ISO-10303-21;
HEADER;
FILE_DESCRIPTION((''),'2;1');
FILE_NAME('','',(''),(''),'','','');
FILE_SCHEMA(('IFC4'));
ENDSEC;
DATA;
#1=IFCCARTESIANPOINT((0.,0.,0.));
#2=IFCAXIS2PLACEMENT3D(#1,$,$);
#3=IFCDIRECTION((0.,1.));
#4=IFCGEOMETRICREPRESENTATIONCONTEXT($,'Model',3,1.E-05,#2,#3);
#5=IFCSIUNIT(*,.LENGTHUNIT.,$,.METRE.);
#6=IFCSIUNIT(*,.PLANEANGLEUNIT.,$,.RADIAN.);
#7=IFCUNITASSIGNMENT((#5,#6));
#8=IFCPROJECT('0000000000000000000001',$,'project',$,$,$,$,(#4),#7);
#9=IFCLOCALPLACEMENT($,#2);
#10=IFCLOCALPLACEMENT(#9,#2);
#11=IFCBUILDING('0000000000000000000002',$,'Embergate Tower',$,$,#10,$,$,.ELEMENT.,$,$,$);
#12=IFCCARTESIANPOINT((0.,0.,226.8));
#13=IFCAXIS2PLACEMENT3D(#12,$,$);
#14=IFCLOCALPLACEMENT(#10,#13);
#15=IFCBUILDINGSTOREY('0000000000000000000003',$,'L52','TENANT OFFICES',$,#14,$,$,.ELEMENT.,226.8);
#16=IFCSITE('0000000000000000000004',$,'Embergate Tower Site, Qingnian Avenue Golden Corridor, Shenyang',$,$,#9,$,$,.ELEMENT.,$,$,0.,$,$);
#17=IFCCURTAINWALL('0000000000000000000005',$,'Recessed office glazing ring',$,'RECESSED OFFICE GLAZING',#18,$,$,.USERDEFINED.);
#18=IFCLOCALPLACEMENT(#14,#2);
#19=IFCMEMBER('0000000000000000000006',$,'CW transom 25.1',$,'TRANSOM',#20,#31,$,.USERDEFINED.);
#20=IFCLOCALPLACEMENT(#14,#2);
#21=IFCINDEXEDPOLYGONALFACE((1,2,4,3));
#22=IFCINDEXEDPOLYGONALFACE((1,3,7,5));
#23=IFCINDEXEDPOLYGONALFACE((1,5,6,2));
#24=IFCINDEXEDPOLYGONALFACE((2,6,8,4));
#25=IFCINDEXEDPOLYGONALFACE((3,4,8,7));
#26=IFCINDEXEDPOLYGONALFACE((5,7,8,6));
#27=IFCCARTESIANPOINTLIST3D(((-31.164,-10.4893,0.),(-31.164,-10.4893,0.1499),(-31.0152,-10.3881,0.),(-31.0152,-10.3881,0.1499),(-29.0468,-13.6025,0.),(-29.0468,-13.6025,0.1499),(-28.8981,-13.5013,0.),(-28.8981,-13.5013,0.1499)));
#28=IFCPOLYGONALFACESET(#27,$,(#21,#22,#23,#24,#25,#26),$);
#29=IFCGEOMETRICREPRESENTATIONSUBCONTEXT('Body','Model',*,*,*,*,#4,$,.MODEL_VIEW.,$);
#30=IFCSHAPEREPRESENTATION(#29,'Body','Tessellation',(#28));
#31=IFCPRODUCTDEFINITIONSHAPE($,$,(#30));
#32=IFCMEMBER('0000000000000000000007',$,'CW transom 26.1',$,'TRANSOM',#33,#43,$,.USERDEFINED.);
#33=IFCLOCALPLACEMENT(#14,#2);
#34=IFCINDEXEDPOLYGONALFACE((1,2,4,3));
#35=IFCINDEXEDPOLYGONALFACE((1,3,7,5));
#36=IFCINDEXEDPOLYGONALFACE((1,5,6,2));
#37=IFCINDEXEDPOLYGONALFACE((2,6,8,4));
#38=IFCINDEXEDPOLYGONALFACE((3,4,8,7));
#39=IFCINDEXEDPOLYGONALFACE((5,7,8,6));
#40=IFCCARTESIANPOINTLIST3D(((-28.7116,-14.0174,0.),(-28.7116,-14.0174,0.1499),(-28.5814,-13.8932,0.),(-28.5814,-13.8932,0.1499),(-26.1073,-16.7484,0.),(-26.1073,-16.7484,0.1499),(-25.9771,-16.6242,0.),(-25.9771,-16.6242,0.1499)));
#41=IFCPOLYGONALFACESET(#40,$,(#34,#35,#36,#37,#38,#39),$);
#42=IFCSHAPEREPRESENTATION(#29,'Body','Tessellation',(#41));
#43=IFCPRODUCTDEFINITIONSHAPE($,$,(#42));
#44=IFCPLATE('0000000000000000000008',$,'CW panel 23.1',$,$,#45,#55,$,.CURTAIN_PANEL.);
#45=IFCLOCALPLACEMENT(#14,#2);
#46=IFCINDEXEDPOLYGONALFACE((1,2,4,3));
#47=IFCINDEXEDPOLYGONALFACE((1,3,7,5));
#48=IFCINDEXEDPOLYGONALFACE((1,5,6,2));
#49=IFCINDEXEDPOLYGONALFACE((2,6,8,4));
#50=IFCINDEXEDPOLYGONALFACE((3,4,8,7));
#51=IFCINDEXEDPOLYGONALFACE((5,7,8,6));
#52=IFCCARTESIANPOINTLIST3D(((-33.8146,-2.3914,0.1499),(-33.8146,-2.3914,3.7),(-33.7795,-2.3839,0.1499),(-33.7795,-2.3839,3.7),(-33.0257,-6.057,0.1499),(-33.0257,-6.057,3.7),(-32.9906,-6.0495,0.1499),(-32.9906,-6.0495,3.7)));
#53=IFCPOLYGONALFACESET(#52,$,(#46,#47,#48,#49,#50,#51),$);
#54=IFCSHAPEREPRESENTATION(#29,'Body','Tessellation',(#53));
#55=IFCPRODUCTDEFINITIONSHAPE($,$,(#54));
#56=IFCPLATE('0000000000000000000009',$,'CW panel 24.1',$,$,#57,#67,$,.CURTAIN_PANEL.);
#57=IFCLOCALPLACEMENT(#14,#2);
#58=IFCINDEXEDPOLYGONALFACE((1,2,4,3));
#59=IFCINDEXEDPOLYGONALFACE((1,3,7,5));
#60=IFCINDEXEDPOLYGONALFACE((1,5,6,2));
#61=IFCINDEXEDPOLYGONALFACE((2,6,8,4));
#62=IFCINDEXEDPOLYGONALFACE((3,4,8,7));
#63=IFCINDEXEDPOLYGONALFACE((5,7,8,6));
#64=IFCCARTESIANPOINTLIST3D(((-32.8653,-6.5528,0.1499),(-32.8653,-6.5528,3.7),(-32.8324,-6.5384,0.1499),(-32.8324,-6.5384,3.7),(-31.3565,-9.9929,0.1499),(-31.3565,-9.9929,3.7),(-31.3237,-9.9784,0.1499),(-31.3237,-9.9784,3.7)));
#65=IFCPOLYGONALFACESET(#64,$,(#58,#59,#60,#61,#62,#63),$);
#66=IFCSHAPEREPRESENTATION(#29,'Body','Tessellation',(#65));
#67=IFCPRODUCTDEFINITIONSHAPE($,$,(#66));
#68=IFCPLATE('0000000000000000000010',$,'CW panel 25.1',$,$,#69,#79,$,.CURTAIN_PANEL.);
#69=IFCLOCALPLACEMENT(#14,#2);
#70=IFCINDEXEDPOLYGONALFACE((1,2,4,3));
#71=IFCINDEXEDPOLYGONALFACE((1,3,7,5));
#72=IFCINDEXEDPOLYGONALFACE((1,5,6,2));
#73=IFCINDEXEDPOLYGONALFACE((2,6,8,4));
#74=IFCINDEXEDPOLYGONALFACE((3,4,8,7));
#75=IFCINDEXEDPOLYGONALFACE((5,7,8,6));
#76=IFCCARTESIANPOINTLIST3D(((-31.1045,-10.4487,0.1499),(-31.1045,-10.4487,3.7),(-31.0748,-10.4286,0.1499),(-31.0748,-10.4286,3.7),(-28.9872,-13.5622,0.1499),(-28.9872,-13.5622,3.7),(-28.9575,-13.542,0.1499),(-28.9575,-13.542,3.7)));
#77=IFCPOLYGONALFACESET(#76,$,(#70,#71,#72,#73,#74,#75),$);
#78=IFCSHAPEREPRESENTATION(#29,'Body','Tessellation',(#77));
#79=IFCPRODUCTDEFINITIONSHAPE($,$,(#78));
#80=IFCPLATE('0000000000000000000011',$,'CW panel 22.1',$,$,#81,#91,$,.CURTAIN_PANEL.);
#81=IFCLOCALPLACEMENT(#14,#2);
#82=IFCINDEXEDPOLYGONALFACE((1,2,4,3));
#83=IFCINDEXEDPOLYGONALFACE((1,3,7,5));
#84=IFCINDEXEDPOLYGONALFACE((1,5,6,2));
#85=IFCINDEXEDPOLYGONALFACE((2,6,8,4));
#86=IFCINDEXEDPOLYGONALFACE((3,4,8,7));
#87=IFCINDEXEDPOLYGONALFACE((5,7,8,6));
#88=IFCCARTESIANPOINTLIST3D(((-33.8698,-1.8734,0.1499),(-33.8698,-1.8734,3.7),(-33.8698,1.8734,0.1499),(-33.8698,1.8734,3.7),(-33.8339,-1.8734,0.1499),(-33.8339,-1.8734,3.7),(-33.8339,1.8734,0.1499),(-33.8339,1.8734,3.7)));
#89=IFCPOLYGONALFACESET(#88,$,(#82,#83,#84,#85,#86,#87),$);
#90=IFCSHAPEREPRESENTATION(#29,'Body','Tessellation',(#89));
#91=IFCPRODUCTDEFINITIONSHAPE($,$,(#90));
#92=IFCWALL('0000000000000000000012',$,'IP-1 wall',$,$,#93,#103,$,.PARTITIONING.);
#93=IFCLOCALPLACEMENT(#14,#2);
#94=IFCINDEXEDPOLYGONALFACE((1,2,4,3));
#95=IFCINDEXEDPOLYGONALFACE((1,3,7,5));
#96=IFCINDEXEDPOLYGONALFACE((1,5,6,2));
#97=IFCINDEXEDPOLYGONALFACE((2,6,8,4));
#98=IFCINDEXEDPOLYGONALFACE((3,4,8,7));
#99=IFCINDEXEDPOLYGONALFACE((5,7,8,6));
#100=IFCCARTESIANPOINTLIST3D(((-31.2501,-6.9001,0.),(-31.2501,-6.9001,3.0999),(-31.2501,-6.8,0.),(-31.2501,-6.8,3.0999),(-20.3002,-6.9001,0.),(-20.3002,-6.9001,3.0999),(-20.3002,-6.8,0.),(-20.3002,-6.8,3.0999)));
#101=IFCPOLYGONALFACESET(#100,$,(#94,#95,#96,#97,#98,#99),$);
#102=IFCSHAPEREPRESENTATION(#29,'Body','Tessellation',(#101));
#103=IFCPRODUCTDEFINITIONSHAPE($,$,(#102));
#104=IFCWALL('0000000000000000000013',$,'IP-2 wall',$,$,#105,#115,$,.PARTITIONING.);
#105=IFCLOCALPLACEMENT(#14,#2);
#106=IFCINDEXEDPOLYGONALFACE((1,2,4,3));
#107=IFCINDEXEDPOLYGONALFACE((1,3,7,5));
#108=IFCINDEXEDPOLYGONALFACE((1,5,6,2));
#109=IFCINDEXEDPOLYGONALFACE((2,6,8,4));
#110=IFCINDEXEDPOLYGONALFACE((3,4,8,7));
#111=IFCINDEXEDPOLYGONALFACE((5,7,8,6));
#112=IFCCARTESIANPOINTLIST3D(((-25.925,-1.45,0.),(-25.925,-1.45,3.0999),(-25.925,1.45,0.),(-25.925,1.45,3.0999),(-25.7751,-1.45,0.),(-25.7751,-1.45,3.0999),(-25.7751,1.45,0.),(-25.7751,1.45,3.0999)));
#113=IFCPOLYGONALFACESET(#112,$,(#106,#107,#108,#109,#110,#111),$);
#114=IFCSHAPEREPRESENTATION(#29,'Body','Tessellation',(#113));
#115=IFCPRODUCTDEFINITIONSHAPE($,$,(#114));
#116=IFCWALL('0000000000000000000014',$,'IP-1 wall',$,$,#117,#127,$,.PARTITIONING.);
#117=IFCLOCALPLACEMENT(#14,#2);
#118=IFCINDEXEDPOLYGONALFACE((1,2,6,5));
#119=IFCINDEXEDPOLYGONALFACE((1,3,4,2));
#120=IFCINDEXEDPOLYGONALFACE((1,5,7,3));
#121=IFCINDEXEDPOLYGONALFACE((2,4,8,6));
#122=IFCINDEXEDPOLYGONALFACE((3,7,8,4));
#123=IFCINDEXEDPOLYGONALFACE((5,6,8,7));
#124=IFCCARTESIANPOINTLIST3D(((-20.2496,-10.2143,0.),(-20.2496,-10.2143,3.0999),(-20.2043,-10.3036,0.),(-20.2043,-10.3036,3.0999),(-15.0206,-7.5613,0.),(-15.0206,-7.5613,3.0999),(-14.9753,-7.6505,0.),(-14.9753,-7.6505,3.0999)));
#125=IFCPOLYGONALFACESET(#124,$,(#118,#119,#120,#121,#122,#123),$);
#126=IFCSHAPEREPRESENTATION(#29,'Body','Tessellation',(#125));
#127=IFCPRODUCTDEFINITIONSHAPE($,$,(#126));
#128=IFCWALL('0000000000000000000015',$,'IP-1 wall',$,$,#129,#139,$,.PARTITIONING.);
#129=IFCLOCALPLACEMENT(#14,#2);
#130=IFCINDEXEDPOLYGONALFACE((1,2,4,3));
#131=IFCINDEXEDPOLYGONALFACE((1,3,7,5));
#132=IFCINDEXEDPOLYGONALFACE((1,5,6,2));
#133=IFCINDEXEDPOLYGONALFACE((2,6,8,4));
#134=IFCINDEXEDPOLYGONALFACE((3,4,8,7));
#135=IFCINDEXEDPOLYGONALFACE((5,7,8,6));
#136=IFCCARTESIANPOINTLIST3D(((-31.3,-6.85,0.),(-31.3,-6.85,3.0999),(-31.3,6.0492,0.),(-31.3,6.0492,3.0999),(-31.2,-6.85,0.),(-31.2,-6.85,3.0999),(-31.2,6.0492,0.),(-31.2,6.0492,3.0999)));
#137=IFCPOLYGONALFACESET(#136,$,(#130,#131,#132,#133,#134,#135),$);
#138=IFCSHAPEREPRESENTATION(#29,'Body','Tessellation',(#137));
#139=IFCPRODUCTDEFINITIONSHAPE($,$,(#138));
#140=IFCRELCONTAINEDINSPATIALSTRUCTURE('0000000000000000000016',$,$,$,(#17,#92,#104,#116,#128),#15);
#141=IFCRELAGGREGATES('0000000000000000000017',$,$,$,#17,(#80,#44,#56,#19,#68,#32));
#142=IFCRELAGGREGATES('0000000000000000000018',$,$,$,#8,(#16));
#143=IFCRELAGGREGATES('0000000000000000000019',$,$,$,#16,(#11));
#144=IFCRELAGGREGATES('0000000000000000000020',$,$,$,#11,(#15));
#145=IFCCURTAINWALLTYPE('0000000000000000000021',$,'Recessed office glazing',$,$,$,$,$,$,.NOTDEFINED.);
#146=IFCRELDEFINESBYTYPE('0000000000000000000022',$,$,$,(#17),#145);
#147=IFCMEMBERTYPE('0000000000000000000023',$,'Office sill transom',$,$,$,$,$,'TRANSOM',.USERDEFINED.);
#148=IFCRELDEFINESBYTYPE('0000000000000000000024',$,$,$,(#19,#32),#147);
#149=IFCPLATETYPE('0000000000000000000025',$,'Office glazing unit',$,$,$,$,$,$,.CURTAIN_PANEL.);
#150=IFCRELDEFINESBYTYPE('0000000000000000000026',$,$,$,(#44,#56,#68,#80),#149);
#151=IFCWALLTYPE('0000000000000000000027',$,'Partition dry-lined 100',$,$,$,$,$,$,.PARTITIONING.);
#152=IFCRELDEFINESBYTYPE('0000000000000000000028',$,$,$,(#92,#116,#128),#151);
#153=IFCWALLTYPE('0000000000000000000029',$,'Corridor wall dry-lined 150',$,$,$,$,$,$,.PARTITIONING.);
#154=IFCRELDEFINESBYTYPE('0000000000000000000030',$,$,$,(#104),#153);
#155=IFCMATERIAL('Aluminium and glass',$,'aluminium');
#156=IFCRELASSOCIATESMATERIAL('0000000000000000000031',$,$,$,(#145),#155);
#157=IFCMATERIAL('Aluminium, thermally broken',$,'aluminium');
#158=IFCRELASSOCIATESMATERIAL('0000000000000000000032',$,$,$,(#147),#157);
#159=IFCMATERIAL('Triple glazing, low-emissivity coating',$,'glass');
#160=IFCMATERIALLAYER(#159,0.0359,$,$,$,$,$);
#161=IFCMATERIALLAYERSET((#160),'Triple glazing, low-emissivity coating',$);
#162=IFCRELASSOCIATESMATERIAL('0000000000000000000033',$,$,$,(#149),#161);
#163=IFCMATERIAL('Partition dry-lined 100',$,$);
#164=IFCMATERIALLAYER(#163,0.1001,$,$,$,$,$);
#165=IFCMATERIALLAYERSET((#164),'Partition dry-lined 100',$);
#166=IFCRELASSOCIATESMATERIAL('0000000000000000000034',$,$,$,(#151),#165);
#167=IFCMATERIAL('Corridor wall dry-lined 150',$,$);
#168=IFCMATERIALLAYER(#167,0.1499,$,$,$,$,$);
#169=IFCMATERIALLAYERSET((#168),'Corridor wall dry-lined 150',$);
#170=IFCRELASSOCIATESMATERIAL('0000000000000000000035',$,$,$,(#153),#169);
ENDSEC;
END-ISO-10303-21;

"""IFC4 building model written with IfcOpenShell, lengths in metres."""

from ifc_helpers import new_model, si_unit, direction, frame, frame_2d, origin, origin_2d, place, context, subcontext, project, spatial, rectangle, extrude, source, transform, mapped, material, layer, layer_set, material_profile, profile_set, type_object, element, aggregate, save


model = new_model("IFC4")

# Units and contexts
model_context = context("Model", 3, precision=1e-05, world=origin(), true_north=direction((0.0, 1.0)))
body_context = subcontext(model_context, "Body", "Model", "MODEL_VIEW")
ifc_project = project(units=[si_unit("LENGTHUNIT", "METRE"), si_unit("PLANEANGLEUNIT", "RADIAN")], contexts=[model_context])

# Site, building, storey
site_placement = place(None, origin())
site = spatial("IfcSite", under=ifc_project, at=site_placement, Name="Embergate Tower Site, Qingnian Avenue Golden Corridor, Shenyang", CompositionType="ELEMENT", RefElevation=0.0)
building_placement = place(site_placement, origin())
building = spatial("IfcBuilding", under=site, at=building_placement, Name="Embergate Tower", CompositionType="ELEMENT")
storey_placement = place(building_placement, frame((0.0, 0.0, 226.8)))
storey = spatial("IfcBuildingStorey", under=building, at=storey_placement, Name="L52", Description="TENANT OFFICES", CompositionType="ELEMENT", Elevation=226.8)

# Curtain wall, members, plates
ifc_material_1 = material(Name="Aluminium and glass", Category="aluminium")
curtain_wall_type = type_object("IfcCurtainWallType", Name="Recessed office glazing", PredefinedType="NOTDEFINED", material=ifc_material_1)
curtain_wall_placement = place(storey_placement, origin())
curtain_wall = element("IfcCurtainWall", 1, at=curtain_wall_placement, inside=storey, type_object=curtain_wall_type, Name="Recessed office glazing ring", ObjectType="RECESSED OFFICE GLAZING", PredefinedType="USERDEFINED")
ifc_material_2 = material(Name="Aluminium, thermally broken", Category="aluminium")
ifc_material_profile_1 = material_profile(ifc_material_2, rectangle(XDim=0.1799, YDim=0.1499, at=origin_2d()), Name="AL 150x180")
ifc_profile_set_1 = profile_set([ifc_material_profile_1], Name="Aluminium, thermally broken")
member_type_1 = type_object("IfcMemberType", Name="Office sill transom", ElementType="TRANSOM", PredefinedType="USERDEFINED", material=ifc_profile_set_1)
shared_shape_1 = source(origin(), body_context, "Body", "SweptSolid", [
    extrude(rectangle(XDim=0.1799, YDim=0.1499, at=origin_2d()), origin(), (0.0, 0.0, 1.0), 3.7649),
])
member_1_placement = place(storey_placement, frame((-31.0896, -10.4387, 0.075), z_axis=(0.562338, -0.826907, 0.0), x_axis=(0.826907, 0.562338, 0.0)))
member_1 = element("IfcMember", 2, at=member_1_placement, type_object=member_type_1, Name="CW transom 25.1", ObjectType="TRANSOM", PredefinedType="USERDEFINED", context=body_context, shape_type="MappedRepresentation", body=[
    mapped(shared_shape_1, transform((0.0, 0.0, 0.0))),
])
shared_shape_2 = source(origin(), body_context, "Body", "SweptSolid", [
    extrude(rectangle(XDim=0.1799, YDim=0.1499, at=origin_2d()), origin(), (0.0, 0.0, 1.0), 3.7737),
])
member_2_placement = place(storey_placement, frame((-28.6465, -13.9553, 0.075), z_axis=(0.690119, -0.723696, 0.0), x_axis=(0.723696, 0.690119, 0.0)))
member_2 = element("IfcMember", 3, at=member_2_placement, type_object=member_type_1, Name="CW transom 26.1", ObjectType="TRANSOM", PredefinedType="USERDEFINED", context=body_context, shape_type="MappedRepresentation", body=[
    mapped(shared_shape_2, transform((0.0, 0.0, 0.0))),
])
ifc_material_3 = material(Name="Triple glazing, low-emissivity coating", Category="glass")
ifc_layer_1 = layer(ifc_material_3, 0.0359)
ifc_layer_set_1 = layer_set([ifc_layer_1], Name="Triple glazing, low-emissivity coating")
plate_type = type_object("IfcPlateType", Name="Office glazing unit", PredefinedType="CURTAIN_PANEL", material=ifc_layer_set_1)
shared_shape_3 = source(origin(), body_context, "Body", "SweptSolid", [
    extrude(rectangle(XDim=3.7495, YDim=0.0359, at=origin_2d()), origin(), (0.0, 0.0, 1.0), 3.55),
])
plate_1_placement = place(storey_placement, frame((-33.4026, -4.2205, 0.1499), z_axis=(0.0, 0.0, 1.0), x_axis=(0.210397, -0.977616, 0.0)))
plate_1 = element("IfcPlate", 4, at=plate_1_placement, type_object=plate_type, Name="CW panel 23.1", PredefinedType="CURTAIN_PANEL", context=body_context, shape_type="MappedRepresentation", body=[
    mapped(shared_shape_3, transform((0.0, 0.0, 0.0))),
])
shared_shape_4 = source(origin(), body_context, "Body", "SweptSolid", [
    extrude(rectangle(XDim=3.7563, YDim=0.0359, at=origin_2d()), origin(), (0.0, 0.0, 1.0), 3.55),
])
plate_2_placement = place(storey_placement, frame((-32.0945, -8.2656, 0.1499), z_axis=(0.0, 0.0, 1.0), x_axis=(0.401649, -0.915794, 0.0)))
plate_2 = element("IfcPlate", 5, at=plate_2_placement, type_object=plate_type, Name="CW panel 24.1", PredefinedType="CURTAIN_PANEL", context=body_context, shape_type="MappedRepresentation", body=[
    mapped(shared_shape_4, transform((0.0, 0.0, 0.0))),
])
shared_shape_5 = source(origin(), body_context, "Body", "SweptSolid", [
    extrude(rectangle(XDim=3.7651, YDim=0.0359, at=origin_2d()), origin(), (0.0, 0.0, 1.0), 3.55),
])
plate_3_placement = place(storey_placement, frame((-30.031, -11.9954, 0.1499), z_axis=(0.0, 0.0, 1.0), x_axis=(0.562339, -0.826907, 0.0)))
plate_3 = element("IfcPlate", 6, at=plate_3_placement, type_object=plate_type, Name="CW panel 25.1", PredefinedType="CURTAIN_PANEL", context=body_context, shape_type="MappedRepresentation", body=[
    mapped(shared_shape_5, transform((0.0, 0.0, 0.0))),
])
shared_shape_6 = source(origin(), body_context, "Body", "SweptSolid", [
    extrude(rectangle(XDim=3.7468, YDim=0.0359, at=origin_2d()), origin(), (0.0, 0.0, 1.0), 3.55),
])
plate_4_placement = place(storey_placement, frame((-33.8518, 0.0, 0.1499), z_axis=(0.0, 0.0, 1.0), x_axis=(0.0, -1.0, 0.0)))
plate_4 = element("IfcPlate", 7, at=plate_4_placement, type_object=plate_type, Name="CW panel 22.1", PredefinedType="CURTAIN_PANEL", context=body_context, shape_type="MappedRepresentation", body=[
    mapped(shared_shape_6, transform((0.0, 0.0, 0.0))),
])
aggregate(curtain_wall, [plate_4, plate_1, plate_2, member_1, plate_3, member_2])

# Walls
ifc_material_4 = material(Name="Partition dry-lined 100")
ifc_layer_2 = layer(ifc_material_4, 0.1001)
ifc_layer_set_2 = layer_set([ifc_layer_2], Name="Partition dry-lined 100")
wall_type_1 = type_object("IfcWallType", Name="Partition dry-lined 100", PredefinedType="PARTITIONING", material=ifc_layer_set_2)
shared_shape_7 = source(origin(), body_context, "Body", "SweptSolid", [
    extrude(rectangle(XDim=10.95, YDim=0.1001, at=frame_2d((5.4751, 0.0))), origin(), (0.0, 0.0, 1.0), 3.0999),
])
wall_1_placement = place(storey_placement, frame((-20.3, -6.8501, 0.0), z_axis=(0.0, 0.0, 1.0), x_axis=(-1.0, 0.0, 0.0)))
element("IfcWall", 8, at=wall_1_placement, inside=storey, type_object=wall_type_1, Name="IP-1 wall", PredefinedType="PARTITIONING", context=body_context, shape_type="MappedRepresentation", body=[
    mapped(shared_shape_7, transform((0.0, 0.0, 0.0))),
])
ifc_material_5 = material(Name="Corridor wall dry-lined 150")
ifc_layer_3 = layer(ifc_material_5, 0.1499)
ifc_layer_set_3 = layer_set([ifc_layer_3], Name="Corridor wall dry-lined 150")
wall_type_2 = type_object("IfcWallType", Name="Corridor wall dry-lined 150", PredefinedType="PARTITIONING", material=ifc_layer_set_3)
shared_shape_8 = source(origin(), body_context, "Body", "SweptSolid", [
    extrude(rectangle(XDim=2.8999, YDim=0.1499, at=frame_2d((1.45, 0.0))), origin(), (0.0, 0.0, 1.0), 3.0999),
])
wall_2_placement = place(storey_placement, frame((-25.8501, -1.45, 0.0), z_axis=(0.0, 0.0, 1.0), x_axis=(0.0, 1.0, 0.0)))
element("IfcWall", 9, at=wall_2_placement, inside=storey, type_object=wall_type_2, Name="IP-2 wall", PredefinedType="PARTITIONING", context=body_context, shape_type="MappedRepresentation", body=[
    mapped(shared_shape_8, transform((0.0, 0.0, 0.0))),
])
shared_shape_9 = source(origin(), body_context, "Body", "SweptSolid", [
    extrude(rectangle(XDim=5.8635, YDim=0.1001, at=frame_2d((2.9316, 0.0))), origin(), (0.0, 0.0, 1.0), 3.0999),
])
wall_3_placement = place(storey_placement, frame((-14.998, -7.606, 0.0), z_axis=(0.0, 0.0, 1.0), x_axis=(-0.89178, -0.452469, 0.0)))
element("IfcWall", 10, at=wall_3_placement, inside=storey, type_object=wall_type_1, Name="IP-1 wall", PredefinedType="PARTITIONING", context=body_context, shape_type="MappedRepresentation", body=[
    mapped(shared_shape_9, transform((0.0, 0.0, 0.0))),
])
shared_shape_10 = source(origin(), body_context, "Body", "SweptSolid", [
    extrude(rectangle(XDim=12.8992, YDim=0.1001, at=frame_2d((6.4497, 0.0))), origin(), (0.0, 0.0, 1.0), 3.0999),
])
wall_4_placement = place(storey_placement, frame((-31.25, -6.8501, 0.0), z_axis=(0.0, 0.0, 1.0), x_axis=(0.0, 1.0, 0.0)))
element("IfcWall", 11, at=wall_4_placement, inside=storey, type_object=wall_type_1, Name="IP-1 wall", PredefinedType="PARTITIONING", context=body_context, shape_type="MappedRepresentation", body=[
    mapped(shared_shape_10, transform((0.0, 0.0, 0.0))),
])

save(model, "model.ifc")
